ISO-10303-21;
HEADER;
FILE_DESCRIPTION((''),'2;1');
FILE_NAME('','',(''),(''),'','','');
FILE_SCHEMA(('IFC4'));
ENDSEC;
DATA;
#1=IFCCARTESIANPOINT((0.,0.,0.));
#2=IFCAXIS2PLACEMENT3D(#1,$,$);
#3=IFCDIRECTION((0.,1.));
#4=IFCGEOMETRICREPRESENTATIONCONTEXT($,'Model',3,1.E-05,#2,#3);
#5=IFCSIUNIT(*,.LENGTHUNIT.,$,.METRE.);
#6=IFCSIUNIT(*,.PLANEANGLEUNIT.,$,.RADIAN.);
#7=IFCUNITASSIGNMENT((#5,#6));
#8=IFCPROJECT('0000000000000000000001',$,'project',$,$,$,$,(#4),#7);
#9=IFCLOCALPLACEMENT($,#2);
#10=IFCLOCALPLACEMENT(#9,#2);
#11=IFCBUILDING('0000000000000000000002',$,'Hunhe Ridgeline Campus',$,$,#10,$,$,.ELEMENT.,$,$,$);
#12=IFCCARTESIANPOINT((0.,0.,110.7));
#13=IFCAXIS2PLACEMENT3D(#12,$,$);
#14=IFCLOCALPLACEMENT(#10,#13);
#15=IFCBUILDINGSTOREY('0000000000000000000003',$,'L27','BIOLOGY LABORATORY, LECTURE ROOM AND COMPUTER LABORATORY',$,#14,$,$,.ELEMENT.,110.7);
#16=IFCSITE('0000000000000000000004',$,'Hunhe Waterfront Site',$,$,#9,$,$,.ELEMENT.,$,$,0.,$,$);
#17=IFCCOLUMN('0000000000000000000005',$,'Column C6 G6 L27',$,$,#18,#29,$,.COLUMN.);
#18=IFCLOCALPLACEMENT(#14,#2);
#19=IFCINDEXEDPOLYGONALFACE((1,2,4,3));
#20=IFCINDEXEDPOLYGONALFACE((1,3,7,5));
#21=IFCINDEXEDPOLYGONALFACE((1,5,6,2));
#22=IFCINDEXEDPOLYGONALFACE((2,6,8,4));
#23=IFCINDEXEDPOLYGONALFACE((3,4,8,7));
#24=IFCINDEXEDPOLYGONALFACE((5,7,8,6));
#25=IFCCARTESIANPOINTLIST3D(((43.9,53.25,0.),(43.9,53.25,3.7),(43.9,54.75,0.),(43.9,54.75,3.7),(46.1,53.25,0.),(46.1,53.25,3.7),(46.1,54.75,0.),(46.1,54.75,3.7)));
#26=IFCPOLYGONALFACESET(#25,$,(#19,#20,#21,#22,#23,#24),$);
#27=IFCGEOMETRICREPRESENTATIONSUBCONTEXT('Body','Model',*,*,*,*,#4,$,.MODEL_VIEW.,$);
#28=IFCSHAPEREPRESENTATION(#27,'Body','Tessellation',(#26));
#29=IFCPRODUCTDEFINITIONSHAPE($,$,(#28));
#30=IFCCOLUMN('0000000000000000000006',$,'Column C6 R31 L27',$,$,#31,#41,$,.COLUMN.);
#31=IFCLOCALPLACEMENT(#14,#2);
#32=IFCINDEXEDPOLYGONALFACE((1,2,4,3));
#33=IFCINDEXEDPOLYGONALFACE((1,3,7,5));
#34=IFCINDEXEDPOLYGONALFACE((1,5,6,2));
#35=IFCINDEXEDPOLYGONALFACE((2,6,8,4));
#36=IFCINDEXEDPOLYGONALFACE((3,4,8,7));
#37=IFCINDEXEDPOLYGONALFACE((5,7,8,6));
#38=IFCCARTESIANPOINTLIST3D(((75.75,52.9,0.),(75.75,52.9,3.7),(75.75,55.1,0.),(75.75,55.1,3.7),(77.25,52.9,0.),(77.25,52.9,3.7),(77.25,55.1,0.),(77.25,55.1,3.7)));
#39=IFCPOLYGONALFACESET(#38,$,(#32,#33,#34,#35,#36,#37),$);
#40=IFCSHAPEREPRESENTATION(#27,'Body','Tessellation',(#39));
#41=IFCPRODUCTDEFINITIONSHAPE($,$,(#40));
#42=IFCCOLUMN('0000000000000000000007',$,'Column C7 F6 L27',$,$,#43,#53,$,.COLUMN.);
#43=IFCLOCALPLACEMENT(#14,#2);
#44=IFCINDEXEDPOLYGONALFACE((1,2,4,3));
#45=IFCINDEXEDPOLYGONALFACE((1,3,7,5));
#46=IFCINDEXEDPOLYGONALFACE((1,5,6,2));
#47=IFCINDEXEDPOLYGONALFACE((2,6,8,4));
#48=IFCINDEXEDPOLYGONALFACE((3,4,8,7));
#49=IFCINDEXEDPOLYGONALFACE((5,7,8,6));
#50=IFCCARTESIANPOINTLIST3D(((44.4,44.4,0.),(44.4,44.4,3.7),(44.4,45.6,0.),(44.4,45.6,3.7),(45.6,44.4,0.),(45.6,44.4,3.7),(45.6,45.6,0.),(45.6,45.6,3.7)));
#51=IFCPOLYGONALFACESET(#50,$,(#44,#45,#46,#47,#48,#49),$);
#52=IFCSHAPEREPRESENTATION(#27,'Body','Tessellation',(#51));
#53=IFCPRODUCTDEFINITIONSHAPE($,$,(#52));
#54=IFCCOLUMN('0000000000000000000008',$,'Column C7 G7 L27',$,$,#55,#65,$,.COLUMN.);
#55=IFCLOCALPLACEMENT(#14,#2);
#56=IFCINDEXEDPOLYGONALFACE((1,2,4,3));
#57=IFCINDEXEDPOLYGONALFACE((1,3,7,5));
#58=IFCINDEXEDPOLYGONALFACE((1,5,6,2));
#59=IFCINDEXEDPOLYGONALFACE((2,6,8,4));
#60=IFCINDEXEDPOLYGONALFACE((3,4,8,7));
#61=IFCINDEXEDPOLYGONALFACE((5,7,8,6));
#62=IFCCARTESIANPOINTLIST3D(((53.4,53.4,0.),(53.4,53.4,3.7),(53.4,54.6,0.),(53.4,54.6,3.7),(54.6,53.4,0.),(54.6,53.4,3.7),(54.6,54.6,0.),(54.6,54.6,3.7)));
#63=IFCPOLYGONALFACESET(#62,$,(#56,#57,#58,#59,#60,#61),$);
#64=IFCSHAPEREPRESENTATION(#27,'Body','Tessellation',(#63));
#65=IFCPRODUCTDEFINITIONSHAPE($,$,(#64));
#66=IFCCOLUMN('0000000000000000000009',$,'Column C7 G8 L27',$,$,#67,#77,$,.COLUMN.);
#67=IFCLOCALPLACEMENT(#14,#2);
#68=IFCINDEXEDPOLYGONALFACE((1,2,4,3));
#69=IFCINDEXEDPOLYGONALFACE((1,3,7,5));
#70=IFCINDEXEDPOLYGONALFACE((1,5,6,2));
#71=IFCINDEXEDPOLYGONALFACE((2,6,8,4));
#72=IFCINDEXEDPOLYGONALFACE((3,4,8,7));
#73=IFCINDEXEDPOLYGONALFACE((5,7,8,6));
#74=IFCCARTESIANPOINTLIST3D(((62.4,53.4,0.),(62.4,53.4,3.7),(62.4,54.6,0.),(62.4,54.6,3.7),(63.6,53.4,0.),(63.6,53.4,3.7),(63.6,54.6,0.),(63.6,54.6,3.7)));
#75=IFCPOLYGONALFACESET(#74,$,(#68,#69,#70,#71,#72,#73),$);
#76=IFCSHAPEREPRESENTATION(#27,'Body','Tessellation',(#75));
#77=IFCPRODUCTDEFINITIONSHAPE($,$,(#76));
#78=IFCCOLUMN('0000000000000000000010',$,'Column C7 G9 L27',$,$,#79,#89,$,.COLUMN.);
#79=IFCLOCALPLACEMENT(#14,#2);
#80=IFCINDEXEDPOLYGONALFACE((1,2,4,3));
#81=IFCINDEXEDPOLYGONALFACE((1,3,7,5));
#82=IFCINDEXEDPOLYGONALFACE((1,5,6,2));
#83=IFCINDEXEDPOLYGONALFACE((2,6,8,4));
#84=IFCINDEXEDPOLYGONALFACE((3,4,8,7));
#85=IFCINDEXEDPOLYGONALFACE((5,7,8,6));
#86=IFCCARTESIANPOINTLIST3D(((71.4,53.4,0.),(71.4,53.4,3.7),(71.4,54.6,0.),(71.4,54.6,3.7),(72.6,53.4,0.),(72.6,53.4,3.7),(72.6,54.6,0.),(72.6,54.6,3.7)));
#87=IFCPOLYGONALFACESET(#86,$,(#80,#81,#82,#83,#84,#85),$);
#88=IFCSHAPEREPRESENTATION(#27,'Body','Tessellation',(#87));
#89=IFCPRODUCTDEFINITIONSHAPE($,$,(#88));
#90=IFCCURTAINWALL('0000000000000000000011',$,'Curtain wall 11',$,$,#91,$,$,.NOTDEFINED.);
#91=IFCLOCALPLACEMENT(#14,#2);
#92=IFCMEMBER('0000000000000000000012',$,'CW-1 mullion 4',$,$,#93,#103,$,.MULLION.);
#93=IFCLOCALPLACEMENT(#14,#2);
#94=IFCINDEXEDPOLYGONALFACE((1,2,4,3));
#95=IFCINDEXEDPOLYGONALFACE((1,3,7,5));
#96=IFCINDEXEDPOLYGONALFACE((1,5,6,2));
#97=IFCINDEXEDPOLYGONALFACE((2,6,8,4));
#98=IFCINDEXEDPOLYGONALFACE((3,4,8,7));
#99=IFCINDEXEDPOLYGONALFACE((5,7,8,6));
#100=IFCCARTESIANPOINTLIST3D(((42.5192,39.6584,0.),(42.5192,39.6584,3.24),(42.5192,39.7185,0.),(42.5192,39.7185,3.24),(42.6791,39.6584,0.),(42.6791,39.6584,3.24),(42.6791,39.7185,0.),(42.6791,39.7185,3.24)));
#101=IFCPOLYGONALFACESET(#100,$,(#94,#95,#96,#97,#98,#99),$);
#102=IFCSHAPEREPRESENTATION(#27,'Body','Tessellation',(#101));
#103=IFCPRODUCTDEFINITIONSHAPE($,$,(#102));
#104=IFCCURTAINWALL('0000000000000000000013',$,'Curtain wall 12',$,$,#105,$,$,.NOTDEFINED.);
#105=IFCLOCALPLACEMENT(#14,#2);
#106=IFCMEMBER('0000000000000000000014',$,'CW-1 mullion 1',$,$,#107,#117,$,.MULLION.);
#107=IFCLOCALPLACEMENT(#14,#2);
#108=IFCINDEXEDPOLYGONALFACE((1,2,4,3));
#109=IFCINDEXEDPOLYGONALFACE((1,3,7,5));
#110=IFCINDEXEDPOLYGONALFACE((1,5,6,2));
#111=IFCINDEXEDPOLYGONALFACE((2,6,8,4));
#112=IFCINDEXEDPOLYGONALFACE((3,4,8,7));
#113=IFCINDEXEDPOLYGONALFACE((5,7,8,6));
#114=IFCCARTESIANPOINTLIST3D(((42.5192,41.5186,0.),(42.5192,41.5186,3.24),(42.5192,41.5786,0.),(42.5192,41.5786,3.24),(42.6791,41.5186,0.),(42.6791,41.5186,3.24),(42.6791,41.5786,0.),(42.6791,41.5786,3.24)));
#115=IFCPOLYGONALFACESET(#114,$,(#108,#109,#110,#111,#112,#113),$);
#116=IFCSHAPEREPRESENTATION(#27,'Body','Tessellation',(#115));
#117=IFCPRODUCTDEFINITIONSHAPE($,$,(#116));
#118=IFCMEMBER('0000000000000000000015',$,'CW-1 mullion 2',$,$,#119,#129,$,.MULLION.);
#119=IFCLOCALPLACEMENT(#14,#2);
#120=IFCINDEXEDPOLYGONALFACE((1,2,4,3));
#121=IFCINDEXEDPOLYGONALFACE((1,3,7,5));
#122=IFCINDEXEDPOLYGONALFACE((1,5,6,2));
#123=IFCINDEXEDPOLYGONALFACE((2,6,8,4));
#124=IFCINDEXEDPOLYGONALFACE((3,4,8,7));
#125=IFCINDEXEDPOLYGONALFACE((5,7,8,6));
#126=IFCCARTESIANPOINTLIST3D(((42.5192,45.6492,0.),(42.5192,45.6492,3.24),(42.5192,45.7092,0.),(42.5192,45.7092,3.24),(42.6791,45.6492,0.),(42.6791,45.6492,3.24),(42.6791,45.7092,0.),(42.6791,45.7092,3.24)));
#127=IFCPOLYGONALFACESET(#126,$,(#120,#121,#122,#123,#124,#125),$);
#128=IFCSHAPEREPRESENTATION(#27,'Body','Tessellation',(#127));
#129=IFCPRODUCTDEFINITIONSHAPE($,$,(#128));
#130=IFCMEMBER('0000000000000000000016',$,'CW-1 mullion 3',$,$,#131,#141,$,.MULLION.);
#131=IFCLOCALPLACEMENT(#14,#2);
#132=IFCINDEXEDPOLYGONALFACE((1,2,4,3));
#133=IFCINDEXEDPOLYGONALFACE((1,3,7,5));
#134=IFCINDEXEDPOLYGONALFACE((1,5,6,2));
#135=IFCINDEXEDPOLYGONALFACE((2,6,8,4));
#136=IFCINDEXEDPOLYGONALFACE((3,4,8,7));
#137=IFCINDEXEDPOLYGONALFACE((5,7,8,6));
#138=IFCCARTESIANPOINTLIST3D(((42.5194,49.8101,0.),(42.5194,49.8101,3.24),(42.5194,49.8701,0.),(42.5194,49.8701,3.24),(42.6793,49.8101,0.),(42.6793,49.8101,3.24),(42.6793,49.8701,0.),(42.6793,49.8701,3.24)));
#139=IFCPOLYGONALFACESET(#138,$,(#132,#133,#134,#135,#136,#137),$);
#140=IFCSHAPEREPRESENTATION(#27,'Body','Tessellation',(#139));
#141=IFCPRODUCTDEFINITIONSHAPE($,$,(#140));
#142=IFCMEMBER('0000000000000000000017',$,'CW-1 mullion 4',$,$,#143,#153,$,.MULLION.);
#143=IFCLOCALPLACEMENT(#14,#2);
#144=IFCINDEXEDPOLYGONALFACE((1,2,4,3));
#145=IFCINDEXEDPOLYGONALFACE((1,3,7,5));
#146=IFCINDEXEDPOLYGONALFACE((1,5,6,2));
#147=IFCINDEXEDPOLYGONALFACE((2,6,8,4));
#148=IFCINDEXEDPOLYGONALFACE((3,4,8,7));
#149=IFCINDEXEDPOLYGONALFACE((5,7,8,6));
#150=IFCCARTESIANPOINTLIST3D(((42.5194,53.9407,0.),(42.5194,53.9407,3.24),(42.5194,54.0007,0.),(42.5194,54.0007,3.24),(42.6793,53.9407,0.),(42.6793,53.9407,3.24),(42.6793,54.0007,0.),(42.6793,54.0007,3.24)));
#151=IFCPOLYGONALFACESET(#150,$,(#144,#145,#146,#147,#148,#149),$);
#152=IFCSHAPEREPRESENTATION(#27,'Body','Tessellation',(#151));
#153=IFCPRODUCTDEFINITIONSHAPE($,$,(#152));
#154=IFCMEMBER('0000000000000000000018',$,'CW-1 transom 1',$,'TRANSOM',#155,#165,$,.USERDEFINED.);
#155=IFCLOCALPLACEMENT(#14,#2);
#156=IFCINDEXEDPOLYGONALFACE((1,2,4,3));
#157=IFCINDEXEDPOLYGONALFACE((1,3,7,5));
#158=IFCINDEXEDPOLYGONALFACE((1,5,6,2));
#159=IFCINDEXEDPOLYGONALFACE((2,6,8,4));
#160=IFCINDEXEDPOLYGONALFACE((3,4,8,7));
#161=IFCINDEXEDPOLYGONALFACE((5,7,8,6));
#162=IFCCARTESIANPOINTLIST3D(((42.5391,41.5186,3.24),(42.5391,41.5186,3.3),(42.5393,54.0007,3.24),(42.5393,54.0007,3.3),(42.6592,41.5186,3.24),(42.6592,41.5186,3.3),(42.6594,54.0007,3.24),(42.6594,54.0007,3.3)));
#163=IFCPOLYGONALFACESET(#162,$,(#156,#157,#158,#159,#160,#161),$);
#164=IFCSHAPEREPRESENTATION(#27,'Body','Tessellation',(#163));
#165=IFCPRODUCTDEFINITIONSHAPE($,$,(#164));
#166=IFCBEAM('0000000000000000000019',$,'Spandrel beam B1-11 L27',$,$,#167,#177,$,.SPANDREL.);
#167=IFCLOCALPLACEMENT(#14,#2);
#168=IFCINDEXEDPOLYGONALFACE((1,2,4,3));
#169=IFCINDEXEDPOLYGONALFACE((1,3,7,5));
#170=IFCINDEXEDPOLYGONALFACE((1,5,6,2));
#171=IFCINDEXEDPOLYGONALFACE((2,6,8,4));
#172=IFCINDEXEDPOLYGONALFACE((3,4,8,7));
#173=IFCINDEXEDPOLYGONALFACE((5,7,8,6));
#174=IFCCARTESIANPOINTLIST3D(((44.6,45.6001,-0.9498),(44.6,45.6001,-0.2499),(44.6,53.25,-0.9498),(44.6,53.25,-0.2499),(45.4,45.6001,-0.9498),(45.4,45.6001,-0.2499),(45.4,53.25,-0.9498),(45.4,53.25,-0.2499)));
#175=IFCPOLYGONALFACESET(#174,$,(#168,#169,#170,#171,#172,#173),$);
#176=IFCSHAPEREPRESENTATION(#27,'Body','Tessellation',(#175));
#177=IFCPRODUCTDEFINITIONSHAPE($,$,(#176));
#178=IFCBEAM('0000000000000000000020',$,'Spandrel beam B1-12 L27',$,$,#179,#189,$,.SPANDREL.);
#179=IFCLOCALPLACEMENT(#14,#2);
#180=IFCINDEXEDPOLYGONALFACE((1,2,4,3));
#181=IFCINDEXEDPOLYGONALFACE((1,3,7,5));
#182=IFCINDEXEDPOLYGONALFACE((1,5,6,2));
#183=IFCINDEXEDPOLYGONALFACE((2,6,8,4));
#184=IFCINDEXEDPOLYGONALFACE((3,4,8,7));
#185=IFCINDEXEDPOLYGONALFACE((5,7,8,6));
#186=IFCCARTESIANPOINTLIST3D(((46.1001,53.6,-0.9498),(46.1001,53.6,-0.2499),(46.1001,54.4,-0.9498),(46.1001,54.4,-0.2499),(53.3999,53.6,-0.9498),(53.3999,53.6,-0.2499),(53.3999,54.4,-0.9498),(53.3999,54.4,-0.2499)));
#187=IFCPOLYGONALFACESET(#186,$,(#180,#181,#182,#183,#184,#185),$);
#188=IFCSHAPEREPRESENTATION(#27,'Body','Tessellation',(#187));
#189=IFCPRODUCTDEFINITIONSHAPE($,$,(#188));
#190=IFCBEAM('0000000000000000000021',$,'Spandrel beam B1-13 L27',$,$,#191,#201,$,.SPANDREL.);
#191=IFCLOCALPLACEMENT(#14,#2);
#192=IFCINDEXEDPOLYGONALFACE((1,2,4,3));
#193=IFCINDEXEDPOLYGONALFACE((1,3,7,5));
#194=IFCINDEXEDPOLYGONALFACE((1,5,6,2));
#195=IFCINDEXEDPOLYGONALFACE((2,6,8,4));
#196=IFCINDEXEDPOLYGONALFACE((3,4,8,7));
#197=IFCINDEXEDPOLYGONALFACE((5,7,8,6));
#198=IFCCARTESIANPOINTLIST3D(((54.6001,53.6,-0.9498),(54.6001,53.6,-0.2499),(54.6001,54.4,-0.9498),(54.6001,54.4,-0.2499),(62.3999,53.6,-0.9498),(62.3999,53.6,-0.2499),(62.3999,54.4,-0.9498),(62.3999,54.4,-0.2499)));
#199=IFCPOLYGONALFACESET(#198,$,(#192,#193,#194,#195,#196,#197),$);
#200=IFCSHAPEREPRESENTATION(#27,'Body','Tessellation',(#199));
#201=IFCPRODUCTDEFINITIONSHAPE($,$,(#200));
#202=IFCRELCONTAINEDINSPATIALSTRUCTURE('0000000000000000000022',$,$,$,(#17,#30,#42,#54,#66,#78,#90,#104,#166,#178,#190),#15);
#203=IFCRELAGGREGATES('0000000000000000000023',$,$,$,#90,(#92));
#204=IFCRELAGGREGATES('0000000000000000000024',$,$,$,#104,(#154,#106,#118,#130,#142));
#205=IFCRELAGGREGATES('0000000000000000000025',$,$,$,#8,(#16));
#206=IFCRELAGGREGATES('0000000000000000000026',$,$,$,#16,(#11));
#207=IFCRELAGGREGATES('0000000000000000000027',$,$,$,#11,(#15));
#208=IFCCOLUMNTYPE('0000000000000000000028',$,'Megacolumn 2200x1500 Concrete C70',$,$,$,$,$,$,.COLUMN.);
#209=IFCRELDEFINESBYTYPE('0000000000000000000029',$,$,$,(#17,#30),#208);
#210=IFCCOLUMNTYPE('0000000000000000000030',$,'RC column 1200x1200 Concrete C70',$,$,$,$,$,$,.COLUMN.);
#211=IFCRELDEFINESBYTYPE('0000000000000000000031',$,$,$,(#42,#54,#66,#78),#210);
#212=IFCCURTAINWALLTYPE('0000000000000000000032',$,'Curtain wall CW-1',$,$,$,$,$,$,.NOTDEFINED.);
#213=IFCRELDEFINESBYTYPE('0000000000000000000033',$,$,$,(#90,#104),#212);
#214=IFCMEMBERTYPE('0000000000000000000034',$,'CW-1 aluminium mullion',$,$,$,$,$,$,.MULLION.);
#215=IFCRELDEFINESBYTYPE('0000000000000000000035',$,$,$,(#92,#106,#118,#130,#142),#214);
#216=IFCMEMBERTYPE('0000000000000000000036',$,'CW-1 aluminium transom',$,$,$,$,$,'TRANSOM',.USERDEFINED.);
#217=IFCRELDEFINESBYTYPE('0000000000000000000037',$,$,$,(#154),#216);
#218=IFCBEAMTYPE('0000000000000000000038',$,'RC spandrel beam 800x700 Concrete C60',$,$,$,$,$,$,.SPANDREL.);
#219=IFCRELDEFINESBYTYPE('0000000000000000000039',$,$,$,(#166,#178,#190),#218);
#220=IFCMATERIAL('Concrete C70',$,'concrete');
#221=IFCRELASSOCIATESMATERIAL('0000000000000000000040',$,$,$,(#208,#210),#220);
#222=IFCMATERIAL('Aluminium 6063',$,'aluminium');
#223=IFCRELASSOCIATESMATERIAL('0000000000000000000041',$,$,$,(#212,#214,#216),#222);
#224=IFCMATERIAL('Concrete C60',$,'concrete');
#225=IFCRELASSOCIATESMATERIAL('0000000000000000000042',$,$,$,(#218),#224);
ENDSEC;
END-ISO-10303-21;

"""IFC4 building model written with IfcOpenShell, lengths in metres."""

from ifc_helpers import new_model, si_unit, direction, frame, origin, origin_2d, place, context, subcontext, project, spatial, rectangle, extrude, material, material_profile, profile_set, type_object, element, aggregate, save


model = new_model("IFC4")

# Units and contexts
model_context = context("Model", 3, precision=1e-05, world=origin(), true_north=direction((0.0, 1.0)))
body_context = subcontext(model_context, "Body", "Model", "MODEL_VIEW")
ifc_project = project(units=[si_unit("LENGTHUNIT", "METRE"), si_unit("PLANEANGLEUNIT", "RADIAN")], contexts=[model_context])

# Site, building, storey
site_placement = place(None, origin())
site = spatial("IfcSite", under=ifc_project, at=site_placement, Name="Hunhe Waterfront Site", CompositionType="ELEMENT", RefElevation=0.0)
building_placement = place(site_placement, origin())
building = spatial("IfcBuilding", under=site, at=building_placement, Name="Hunhe Ridgeline Campus", CompositionType="ELEMENT")
storey_placement = place(building_placement, frame((0.0, 0.0, 110.7)))
storey = spatial("IfcBuildingStorey", under=building, at=storey_placement, Name="L27", Description="BIOLOGY LABORATORY, LECTURE ROOM AND COMPUTER LABORATORY", CompositionType="ELEMENT", Elevation=110.7)

# Columns
ifc_material_1 = material(Name="Concrete C70", Category="concrete")
ifc_material_profile_1 = material_profile(ifc_material_1, rectangle(XDim=2.2, YDim=1.5, at=origin_2d()))
ifc_profile_set_1 = profile_set([ifc_material_profile_1], Name="Concrete C70")
column_type_1 = type_object("IfcColumnType", Name="Megacolumn 2200x1500 Concrete C70", PredefinedType="COLUMN", material=ifc_profile_set_1)
for number, where, z_axis, x_axis, name in (
    (1, (45.0, 54.0, 0.0), (0.0, 0.0, 1.0), (1.0, 0.0, 0.0), "Column C6 G6 L27"),
    (2, (76.5, 54.0, 0.0), (0.0, 0.0, 1.0), (0.0, 1.0, 0.0), "Column C6 R31 L27"),
):
    element("IfcColumn", number, at=place(storey_placement, frame(where, z_axis=z_axis, x_axis=x_axis)), inside=storey, type_object=column_type_1, Name=name, PredefinedType="COLUMN", context=body_context, shape_type="SweptSolid", body=[
        extrude(rectangle(XDim=2.2, YDim=1.5, at=origin_2d()), origin(), (0.0, 0.0, 1.0), 3.7),
    ])
ifc_material_profile_2 = material_profile(ifc_material_1, rectangle(XDim=1.2, YDim=1.2, at=origin_2d()))
ifc_profile_set_2 = profile_set([ifc_material_profile_2], Name="Concrete C70")
column_type_2 = type_object("IfcColumnType", Name="RC column 1200x1200 Concrete C70", PredefinedType="COLUMN", material=ifc_profile_set_2)
for number, where, z_axis, x_axis, name in (
    (3, (45.0, 45.0, 0.0), (0.0, 0.0, 1.0), (1.0, 0.0, 0.0), "Column C7 F6 L27"),
    (4, (54.0, 54.0, 0.0), (0.0, 0.0, 1.0), (1.0, 0.0, 0.0), "Column C7 G7 L27"),
    (5, (63.0, 54.0, 0.0), (0.0, 0.0, 1.0), (1.0, 0.0, 0.0), "Column C7 G8 L27"),
    (6, (72.0, 54.0, 0.0), (0.0, 0.0, 1.0), (1.0, 0.0, 0.0), "Column C7 G9 L27"),
):
    element("IfcColumn", number, at=place(storey_placement, frame(where, z_axis=z_axis, x_axis=x_axis)), inside=storey, type_object=column_type_2, Name=name, PredefinedType="COLUMN", context=body_context, shape_type="SweptSolid", body=[
        extrude(rectangle(XDim=1.2, YDim=1.2, at=origin_2d()), origin(), (0.0, 0.0, 1.0), 3.7),
    ])

# Curtain wall, member
ifc_material_2 = material(Name="Aluminium 6063", Category="aluminium")
curtain_wall_type = type_object("IfcCurtainWallType", Name="Curtain wall CW-1", PredefinedType="NOTDEFINED", material=ifc_material_2)
curtain_wall_1_placement = place(storey_placement, origin())
curtain_wall_1 = element("IfcCurtainWall", 7, at=curtain_wall_1_placement, inside=storey, type_object=curtain_wall_type, Name="Curtain wall 11", PredefinedType="NOTDEFINED")
ifc_material_profile_3 = material_profile(ifc_material_2, rectangle(XDim=0.1599, YDim=0.0601, at=origin_2d()))
ifc_profile_set_3 = profile_set([ifc_material_profile_3], Name="Aluminium 6063")
member_type_1 = type_object("IfcMemberType", Name="CW-1 aluminium mullion", PredefinedType="MULLION", material=ifc_profile_set_3)
member_1_placement = place(storey_placement, frame((42.5991, 39.6885, 0.0), z_axis=(0.0, 0.0, 1.0), x_axis=(-1.0, 0.000011, 0.0)))
member_1 = element("IfcMember", 8, at=member_1_placement, type_object=member_type_1, Name="CW-1 mullion 4", PredefinedType="MULLION", context=body_context, shape_type="SweptSolid", body=[
    extrude(rectangle(XDim=0.1599, YDim=0.0601, at=origin_2d()), origin(), (0.0, 0.0, 1.0), 3.24),
])

# Curtain wall, members
curtain_wall_2_placement = place(storey_placement, origin())
curtain_wall_2 = element("IfcCurtainWall", 9, at=curtain_wall_2_placement, inside=storey, type_object=curtain_wall_type, Name="Curtain wall 12", PredefinedType="NOTDEFINED")
member_2_placement = place(storey_placement, frame((42.5991, 41.5486, 0.0), z_axis=(0.0, 0.0, 1.0), x_axis=(-1.0, 0.000011, 0.0)))
member_2 = element("IfcMember", 10, at=member_2_placement, type_object=member_type_1, Name="CW-1 mullion 1", PredefinedType="MULLION", context=body_context, shape_type="SweptSolid", body=[
    extrude(rectangle(XDim=0.1599, YDim=0.0601, at=origin_2d()), origin(), (0.0, 0.0, 1.0), 3.24),
])
member_3_placement = place(storey_placement, frame((42.5991, 45.6792, 0.0), z_axis=(0.0, 0.0, 1.0), x_axis=(-1.0, 0.000011, 0.0)))
member_3 = element("IfcMember", 11, at=member_3_placement, type_object=member_type_1, Name="CW-1 mullion 2", PredefinedType="MULLION", context=body_context, shape_type="SweptSolid", body=[
    extrude(rectangle(XDim=0.1599, YDim=0.0601, at=origin_2d()), origin(), (0.0, 0.0, 1.0), 3.24),
])
member_4_placement = place(storey_placement, frame((42.5994, 49.8401, 0.0), z_axis=(0.0, 0.0, 1.0), x_axis=(-1.0, 0.000011, 0.0)))
member_4 = element("IfcMember", 12, at=member_4_placement, type_object=member_type_1, Name="CW-1 mullion 3", PredefinedType="MULLION", context=body_context, shape_type="SweptSolid", body=[
    extrude(rectangle(XDim=0.1599, YDim=0.0601, at=origin_2d()), origin(), (0.0, 0.0, 1.0), 3.24),
])
member_5_placement = place(storey_placement, frame((42.5994, 53.9707, 0.0), z_axis=(0.0, 0.0, 1.0), x_axis=(-1.0, 0.000011, 0.0)))
member_5 = element("IfcMember", 13, at=member_5_placement, type_object=member_type_1, Name="CW-1 mullion 4", PredefinedType="MULLION", context=body_context, shape_type="SweptSolid", body=[
    extrude(rectangle(XDim=0.1599, YDim=0.0601, at=origin_2d()), origin(), (0.0, 0.0, 1.0), 3.24),
])
ifc_material_profile_4 = material_profile(ifc_material_2, rectangle(XDim=0.1201, YDim=0.0601, at=origin_2d()))
ifc_profile_set_4 = profile_set([ifc_material_profile_4], Name="Aluminium 6063")
member_type_2 = type_object("IfcMemberType", Name="CW-1 aluminium transom", ElementType="TRANSOM", PredefinedType="USERDEFINED", material=ifc_profile_set_4)
member_6_placement = place(storey_placement, frame((42.5991, 41.5186, 3.27), z_axis=(0.00002, 1.0, 0.0), x_axis=(-1.0, 0.00002, 0.0)))
member_6 = element("IfcMember", 14, at=member_6_placement, type_object=member_type_2, Name="CW-1 transom 1", ObjectType="TRANSOM", PredefinedType="USERDEFINED", context=body_context, shape_type="SweptSolid", body=[
    extrude(rectangle(XDim=0.1201, YDim=0.0601, at=origin_2d()), origin(), (0.0, 0.0, 1.0), 12.4822),
])

# Beams
ifc_material_3 = material(Name="Concrete C60", Category="concrete")
ifc_material_profile_5 = material_profile(ifc_material_3, rectangle(XDim=0.8, YDim=0.7, at=origin_2d()))
ifc_profile_set_5 = profile_set([ifc_material_profile_5], Name="Concrete C60")
beam_type = type_object("IfcBeamType", Name="RC spandrel beam 800x700 Concrete C60", PredefinedType="SPANDREL", material=ifc_profile_set_5)
beam_1_placement = place(storey_placement, frame((45.0, 45.6001, -0.5999), z_axis=(0.0, 1.0, 0.0), x_axis=(-1.0, 0.0, 0.0)))
element("IfcBeam", 15, at=beam_1_placement, inside=storey, type_object=beam_type, Name="Spandrel beam B1-11 L27", PredefinedType="SPANDREL", context=body_context, shape_type="SweptSolid", body=[
    extrude(rectangle(XDim=0.8, YDim=0.7, at=origin_2d()), origin(), (0.0, 0.0, 1.0), 7.6499),
])
beam_2_placement = place(storey_placement, frame((46.1001, 54.0, -0.5999), z_axis=(1.0, 0.0, 0.0), x_axis=(0.0, 1.0, 0.0)))
element("IfcBeam", 16, at=beam_2_placement, inside=storey, type_object=beam_type, Name="Spandrel beam B1-12 L27", PredefinedType="SPANDREL", context=body_context, shape_type="SweptSolid", body=[
    extrude(rectangle(XDim=0.8, YDim=0.7, at=origin_2d()), origin(), (0.0, 0.0, 1.0), 7.2998),
])
for number, where, z_axis, x_axis, name in (
    (17, (54.6001, 54.0, -0.5999), (1.0, 0.0, 0.0), (0.0, 1.0, 0.0), "Spandrel beam B1-13 L27"),
):
    element("IfcBeam", number, at=place(storey_placement, frame(where, z_axis=z_axis, x_axis=x_axis)), inside=storey, type_object=beam_type, Name=name, PredefinedType="SPANDREL", context=body_context, shape_type="SweptSolid", body=[
        extrude(rectangle(XDim=0.8, YDim=0.7, at=origin_2d()), origin(), (0.0, 0.0, 1.0), 7.7998),
    ])

aggregate(curtain_wall_1, [member_1])
aggregate(curtain_wall_2, [member_6, member_2, member_3, member_4, member_5])

save(model, "model.ifc")
